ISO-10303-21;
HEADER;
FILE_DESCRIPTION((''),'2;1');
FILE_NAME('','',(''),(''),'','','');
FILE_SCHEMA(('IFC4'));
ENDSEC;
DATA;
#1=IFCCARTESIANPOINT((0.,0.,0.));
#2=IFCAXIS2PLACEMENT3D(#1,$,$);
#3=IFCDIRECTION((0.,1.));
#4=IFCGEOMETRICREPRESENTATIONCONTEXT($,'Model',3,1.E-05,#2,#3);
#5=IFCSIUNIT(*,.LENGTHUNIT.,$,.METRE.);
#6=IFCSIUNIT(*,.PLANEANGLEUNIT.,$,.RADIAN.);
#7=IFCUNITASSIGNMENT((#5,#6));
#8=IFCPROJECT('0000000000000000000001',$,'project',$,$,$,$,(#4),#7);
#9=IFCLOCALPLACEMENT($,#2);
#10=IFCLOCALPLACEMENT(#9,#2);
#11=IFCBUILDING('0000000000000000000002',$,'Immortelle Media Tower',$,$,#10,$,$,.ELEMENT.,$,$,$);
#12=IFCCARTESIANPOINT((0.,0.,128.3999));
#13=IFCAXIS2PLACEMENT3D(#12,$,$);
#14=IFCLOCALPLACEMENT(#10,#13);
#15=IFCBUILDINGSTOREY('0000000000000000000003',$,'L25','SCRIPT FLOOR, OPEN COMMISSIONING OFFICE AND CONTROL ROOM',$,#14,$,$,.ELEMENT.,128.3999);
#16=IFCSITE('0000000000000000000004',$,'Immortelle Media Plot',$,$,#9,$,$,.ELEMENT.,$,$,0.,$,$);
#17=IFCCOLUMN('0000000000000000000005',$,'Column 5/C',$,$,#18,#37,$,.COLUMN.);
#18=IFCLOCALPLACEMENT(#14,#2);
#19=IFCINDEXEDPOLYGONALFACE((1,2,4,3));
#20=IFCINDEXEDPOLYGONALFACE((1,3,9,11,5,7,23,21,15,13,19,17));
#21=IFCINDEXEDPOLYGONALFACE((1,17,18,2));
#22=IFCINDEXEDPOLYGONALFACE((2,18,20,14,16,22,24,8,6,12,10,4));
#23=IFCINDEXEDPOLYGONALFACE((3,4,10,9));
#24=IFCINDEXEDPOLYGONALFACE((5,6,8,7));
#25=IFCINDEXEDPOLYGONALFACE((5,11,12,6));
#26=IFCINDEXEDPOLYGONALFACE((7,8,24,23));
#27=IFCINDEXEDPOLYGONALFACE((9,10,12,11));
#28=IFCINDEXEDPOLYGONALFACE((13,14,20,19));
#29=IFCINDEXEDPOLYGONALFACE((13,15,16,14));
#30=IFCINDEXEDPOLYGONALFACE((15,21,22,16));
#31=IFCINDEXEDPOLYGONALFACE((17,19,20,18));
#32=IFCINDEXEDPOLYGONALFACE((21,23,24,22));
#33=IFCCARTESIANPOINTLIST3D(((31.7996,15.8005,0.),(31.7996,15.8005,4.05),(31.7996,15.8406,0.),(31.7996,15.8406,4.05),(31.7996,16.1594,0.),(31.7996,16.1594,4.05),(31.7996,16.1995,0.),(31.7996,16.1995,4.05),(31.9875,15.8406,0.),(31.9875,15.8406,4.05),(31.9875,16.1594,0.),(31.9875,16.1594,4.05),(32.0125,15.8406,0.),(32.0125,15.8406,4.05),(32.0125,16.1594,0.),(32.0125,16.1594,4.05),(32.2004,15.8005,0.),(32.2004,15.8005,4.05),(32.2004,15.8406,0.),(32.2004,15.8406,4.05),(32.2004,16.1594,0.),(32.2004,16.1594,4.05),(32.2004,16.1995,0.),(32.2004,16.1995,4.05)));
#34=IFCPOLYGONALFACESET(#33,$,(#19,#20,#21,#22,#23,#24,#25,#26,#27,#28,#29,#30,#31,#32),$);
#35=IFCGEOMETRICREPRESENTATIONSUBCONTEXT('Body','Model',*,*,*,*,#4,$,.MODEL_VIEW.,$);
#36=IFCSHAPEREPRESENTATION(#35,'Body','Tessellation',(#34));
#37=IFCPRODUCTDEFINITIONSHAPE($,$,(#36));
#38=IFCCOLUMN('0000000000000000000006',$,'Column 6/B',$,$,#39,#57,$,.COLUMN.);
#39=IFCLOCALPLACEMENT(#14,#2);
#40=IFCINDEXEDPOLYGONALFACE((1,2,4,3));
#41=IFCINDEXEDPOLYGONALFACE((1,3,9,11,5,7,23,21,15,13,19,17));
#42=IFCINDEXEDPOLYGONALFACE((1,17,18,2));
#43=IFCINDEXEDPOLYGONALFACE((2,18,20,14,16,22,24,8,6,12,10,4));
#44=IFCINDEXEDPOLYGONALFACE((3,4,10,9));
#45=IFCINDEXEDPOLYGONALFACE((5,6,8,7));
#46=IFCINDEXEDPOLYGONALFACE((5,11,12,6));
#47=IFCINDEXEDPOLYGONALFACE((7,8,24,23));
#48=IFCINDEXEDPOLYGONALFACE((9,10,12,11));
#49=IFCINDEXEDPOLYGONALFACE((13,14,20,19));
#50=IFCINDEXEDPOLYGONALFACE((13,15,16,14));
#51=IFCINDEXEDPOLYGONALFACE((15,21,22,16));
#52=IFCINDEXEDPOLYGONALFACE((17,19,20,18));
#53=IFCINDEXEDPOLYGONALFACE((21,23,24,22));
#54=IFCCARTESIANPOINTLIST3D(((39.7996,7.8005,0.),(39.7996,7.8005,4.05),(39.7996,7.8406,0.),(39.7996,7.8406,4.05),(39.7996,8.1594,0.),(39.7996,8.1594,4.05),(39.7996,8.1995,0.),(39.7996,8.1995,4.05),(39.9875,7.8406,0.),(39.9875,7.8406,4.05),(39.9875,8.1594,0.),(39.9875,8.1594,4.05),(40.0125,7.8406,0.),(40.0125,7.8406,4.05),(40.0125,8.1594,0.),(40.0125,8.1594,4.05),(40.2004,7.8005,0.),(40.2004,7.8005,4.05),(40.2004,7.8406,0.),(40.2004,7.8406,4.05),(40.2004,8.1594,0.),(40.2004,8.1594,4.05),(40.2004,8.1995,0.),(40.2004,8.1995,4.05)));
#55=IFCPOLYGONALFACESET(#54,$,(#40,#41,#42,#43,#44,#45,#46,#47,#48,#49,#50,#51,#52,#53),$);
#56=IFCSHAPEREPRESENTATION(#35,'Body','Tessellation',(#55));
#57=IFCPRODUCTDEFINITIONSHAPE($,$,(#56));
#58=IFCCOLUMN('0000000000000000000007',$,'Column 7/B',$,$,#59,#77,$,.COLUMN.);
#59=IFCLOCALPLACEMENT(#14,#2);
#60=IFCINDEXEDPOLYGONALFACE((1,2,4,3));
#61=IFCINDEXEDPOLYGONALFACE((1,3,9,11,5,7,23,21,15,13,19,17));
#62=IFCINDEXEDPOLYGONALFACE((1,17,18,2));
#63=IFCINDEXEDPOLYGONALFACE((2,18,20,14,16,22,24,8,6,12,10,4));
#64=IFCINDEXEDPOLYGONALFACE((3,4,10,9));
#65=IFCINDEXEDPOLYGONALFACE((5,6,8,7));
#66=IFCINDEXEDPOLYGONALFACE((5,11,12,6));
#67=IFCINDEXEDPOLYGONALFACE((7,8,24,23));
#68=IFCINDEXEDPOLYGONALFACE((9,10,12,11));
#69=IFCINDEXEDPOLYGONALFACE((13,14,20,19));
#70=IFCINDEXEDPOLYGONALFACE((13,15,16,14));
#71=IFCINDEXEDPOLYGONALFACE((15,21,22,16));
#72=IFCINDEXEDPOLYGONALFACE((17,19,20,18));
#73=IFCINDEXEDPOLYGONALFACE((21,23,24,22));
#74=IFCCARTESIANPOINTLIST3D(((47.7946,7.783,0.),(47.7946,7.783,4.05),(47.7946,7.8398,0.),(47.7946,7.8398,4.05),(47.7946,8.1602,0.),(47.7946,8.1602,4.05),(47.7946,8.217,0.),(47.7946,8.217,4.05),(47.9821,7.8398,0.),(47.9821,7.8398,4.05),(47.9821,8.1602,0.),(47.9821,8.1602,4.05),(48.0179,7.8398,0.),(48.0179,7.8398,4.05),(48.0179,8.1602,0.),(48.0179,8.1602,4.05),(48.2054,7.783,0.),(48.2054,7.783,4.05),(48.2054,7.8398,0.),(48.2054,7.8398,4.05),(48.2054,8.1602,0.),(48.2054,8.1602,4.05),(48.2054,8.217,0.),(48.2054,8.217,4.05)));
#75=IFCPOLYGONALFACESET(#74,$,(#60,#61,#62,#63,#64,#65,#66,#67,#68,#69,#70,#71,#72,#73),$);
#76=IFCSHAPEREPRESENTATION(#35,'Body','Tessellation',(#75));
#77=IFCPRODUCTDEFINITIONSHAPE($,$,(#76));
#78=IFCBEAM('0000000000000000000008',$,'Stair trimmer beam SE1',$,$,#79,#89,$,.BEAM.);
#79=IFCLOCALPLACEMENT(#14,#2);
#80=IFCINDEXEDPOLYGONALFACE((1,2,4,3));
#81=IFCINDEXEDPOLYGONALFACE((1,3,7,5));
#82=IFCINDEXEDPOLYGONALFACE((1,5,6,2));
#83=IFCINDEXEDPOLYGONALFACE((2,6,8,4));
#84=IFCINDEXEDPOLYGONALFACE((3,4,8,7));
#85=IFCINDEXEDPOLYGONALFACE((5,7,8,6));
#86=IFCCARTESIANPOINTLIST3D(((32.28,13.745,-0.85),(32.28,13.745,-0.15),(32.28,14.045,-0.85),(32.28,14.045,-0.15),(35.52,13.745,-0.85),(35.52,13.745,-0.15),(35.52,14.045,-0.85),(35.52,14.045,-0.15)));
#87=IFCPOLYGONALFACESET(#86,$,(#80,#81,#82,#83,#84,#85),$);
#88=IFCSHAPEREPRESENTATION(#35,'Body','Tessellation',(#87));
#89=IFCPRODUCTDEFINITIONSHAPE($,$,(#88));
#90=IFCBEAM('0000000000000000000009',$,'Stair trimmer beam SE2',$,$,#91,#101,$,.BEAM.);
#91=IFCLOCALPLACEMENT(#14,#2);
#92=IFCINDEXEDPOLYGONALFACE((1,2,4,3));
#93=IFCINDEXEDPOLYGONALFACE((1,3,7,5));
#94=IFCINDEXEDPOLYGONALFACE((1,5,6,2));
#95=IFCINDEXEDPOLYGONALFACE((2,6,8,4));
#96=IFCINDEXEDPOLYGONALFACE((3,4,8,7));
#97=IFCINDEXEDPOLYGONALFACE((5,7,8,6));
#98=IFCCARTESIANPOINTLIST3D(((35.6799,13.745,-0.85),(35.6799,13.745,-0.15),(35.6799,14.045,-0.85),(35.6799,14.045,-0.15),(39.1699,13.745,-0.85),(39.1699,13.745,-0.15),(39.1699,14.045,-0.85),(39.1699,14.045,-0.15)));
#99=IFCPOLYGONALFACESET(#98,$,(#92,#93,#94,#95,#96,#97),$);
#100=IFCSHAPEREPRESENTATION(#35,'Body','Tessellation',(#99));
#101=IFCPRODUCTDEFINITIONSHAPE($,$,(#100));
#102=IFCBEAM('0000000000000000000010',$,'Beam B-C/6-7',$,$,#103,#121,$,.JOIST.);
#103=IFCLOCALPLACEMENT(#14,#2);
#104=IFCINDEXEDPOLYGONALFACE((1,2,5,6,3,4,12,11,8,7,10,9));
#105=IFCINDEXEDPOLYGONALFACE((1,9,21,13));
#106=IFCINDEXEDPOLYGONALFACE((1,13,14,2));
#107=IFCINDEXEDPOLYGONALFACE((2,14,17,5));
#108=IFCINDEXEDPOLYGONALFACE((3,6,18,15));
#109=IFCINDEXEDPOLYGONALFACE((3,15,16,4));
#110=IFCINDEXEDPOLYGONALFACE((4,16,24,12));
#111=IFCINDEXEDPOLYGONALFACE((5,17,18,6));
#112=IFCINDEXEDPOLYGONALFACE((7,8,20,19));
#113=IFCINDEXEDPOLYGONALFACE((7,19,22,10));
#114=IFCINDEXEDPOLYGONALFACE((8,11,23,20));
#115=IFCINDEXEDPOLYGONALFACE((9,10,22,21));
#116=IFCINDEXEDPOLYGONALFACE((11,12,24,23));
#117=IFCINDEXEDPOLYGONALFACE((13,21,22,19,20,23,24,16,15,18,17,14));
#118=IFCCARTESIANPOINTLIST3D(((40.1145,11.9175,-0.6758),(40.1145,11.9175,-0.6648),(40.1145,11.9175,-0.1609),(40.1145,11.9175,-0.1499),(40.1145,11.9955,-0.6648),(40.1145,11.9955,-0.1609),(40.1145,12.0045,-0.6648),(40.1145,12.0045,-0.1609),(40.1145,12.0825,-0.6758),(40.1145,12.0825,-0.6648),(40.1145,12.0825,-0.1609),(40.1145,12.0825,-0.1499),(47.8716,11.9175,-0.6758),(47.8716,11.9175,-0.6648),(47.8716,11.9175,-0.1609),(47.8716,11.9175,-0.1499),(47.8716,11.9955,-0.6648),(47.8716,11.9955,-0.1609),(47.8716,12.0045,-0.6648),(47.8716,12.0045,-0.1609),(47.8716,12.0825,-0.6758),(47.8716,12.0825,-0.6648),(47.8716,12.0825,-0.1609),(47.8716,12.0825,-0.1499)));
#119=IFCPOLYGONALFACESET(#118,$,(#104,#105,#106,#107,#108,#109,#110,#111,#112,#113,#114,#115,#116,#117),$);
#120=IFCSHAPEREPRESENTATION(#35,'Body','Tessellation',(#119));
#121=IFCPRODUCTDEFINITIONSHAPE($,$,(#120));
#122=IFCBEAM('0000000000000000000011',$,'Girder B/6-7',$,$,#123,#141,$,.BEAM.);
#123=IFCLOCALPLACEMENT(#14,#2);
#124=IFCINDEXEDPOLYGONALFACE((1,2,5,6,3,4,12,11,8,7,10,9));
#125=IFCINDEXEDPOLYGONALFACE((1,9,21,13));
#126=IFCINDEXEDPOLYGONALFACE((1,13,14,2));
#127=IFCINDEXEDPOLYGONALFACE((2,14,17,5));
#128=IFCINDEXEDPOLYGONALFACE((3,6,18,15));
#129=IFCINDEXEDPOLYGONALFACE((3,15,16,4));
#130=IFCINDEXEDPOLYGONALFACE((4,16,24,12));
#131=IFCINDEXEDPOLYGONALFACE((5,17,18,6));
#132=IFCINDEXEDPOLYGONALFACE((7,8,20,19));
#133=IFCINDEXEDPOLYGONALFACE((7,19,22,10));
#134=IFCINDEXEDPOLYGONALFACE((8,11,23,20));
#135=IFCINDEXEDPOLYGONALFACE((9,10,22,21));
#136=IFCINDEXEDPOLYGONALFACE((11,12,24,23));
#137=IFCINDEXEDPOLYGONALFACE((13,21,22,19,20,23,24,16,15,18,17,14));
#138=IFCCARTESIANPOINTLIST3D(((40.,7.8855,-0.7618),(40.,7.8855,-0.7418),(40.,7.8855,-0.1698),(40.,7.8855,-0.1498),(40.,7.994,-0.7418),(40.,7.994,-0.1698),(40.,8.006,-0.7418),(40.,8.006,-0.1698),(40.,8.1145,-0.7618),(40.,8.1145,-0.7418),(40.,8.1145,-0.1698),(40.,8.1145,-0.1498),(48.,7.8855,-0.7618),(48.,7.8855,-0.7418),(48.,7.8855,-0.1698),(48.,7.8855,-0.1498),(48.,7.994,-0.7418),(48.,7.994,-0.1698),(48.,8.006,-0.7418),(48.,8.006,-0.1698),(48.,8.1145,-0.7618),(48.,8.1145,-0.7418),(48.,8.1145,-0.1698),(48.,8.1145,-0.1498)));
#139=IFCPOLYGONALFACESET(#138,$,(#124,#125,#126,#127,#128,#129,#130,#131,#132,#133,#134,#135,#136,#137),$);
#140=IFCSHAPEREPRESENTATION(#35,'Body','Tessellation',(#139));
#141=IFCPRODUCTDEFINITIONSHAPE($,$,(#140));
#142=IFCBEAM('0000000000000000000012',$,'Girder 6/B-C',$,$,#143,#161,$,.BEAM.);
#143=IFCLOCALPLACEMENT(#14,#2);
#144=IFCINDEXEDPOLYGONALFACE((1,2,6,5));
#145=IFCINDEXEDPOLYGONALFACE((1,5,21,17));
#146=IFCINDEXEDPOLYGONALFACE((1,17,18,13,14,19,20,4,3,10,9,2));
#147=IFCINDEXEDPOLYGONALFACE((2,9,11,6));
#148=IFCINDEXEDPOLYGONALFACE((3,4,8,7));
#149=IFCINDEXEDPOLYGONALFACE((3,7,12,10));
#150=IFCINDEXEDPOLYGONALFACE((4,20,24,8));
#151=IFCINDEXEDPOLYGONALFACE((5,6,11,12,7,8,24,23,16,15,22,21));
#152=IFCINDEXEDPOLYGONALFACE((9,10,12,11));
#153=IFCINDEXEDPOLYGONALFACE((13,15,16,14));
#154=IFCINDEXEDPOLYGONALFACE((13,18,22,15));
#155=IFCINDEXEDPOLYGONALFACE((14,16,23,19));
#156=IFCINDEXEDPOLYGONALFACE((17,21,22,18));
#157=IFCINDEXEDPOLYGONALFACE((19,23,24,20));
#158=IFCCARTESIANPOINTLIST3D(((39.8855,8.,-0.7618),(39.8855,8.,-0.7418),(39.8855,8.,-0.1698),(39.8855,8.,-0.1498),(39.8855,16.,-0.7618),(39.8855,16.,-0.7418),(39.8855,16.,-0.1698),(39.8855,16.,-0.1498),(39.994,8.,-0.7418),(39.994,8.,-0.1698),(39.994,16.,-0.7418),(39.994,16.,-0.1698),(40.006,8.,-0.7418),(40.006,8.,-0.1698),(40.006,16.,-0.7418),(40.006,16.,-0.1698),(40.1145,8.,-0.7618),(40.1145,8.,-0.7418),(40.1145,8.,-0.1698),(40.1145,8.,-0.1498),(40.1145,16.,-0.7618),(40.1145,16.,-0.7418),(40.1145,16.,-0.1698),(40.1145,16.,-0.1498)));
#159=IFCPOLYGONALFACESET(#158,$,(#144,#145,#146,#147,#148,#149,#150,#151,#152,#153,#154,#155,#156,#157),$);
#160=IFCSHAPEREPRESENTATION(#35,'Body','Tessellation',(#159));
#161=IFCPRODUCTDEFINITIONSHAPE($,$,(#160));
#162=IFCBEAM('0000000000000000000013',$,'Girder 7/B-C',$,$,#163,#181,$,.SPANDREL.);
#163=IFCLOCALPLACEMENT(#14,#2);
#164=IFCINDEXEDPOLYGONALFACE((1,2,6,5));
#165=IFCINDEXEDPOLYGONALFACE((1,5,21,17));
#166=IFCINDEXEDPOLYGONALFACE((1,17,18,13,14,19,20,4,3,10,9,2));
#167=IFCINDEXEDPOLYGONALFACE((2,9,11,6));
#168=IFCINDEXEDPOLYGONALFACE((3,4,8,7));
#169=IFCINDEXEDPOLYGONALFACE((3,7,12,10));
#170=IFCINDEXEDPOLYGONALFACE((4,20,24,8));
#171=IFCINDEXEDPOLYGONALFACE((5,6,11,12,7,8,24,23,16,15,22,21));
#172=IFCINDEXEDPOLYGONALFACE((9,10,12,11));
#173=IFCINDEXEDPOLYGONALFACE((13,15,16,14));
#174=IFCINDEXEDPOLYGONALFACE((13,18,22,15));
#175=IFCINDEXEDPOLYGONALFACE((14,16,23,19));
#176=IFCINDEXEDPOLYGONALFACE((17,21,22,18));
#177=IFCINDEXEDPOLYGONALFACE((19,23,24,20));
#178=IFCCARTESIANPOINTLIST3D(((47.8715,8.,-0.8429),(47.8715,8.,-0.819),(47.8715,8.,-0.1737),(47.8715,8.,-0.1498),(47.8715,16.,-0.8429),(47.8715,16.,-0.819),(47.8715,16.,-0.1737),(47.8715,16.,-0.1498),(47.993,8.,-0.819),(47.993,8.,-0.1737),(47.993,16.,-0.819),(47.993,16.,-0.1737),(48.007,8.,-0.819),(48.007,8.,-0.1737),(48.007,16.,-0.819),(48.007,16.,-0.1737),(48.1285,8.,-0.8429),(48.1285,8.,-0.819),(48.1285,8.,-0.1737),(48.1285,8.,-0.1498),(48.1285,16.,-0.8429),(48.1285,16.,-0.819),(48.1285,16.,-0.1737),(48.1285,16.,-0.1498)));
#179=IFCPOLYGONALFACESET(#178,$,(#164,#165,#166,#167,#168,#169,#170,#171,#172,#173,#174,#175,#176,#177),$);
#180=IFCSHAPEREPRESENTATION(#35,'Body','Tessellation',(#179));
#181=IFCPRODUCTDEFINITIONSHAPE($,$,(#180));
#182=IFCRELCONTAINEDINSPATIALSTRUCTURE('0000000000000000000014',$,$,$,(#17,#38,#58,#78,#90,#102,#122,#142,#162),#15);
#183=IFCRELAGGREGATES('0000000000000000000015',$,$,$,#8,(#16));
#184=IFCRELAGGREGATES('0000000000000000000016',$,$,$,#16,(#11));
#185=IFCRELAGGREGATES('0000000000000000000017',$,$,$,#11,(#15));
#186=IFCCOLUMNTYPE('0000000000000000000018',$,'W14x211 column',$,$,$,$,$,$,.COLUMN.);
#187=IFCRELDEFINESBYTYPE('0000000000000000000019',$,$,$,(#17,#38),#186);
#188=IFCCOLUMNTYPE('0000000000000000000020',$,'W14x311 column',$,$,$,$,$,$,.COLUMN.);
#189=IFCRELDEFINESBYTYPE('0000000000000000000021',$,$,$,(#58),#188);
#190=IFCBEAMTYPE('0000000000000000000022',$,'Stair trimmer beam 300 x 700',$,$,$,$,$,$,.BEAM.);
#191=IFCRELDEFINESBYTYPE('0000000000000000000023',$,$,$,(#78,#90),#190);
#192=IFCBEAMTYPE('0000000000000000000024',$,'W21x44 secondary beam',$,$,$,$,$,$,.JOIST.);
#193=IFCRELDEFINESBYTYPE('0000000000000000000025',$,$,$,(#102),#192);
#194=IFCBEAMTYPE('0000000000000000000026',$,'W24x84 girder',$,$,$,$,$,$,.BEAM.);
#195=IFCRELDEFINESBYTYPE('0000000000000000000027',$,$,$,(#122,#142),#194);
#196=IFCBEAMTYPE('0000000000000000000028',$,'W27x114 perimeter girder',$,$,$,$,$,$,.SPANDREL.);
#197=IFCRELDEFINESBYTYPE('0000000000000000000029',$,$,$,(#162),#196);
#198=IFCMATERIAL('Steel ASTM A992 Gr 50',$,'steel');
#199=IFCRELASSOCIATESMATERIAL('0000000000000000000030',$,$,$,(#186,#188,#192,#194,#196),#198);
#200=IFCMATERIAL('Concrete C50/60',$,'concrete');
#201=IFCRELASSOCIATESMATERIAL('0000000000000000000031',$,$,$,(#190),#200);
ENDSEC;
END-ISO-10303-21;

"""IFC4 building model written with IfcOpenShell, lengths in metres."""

from ifc_helpers import new_model, si_unit, direction, frame, origin, origin_2d, place, context, subcontext, project, spatial, rectangle, i_section, extrude, material, material_profile, profile_set, type_object, element, save


model = new_model("IFC4")

# Units and contexts
model_context = context("Model", 3, precision=1e-05, world=origin(), true_north=direction((0.0, 1.0)))
body_context = subcontext(model_context, "Body", "Model", "MODEL_VIEW")
ifc_project = project(units=[si_unit("LENGTHUNIT", "METRE"), si_unit("PLANEANGLEUNIT", "RADIAN")], contexts=[model_context])

# Site, building, storey
site_placement = place(None, origin())
site = spatial("IfcSite", under=ifc_project, at=site_placement, Name="Immortelle Media Plot", CompositionType="ELEMENT", RefElevation=0.0)
building_placement = place(site_placement, origin())
building = spatial("IfcBuilding", under=site, at=building_placement, Name="Immortelle Media Tower", CompositionType="ELEMENT")
storey_placement = place(building_placement, frame((0.0, 0.0, 128.3999)))
storey = spatial("IfcBuildingStorey", under=building, at=storey_placement, Name="L25", Description="SCRIPT FLOOR, OPEN COMMISSIONING OFFICE AND CONTROL ROOM", CompositionType="ELEMENT", Elevation=128.3999)

# Columns
ifc_material_1 = material(Name="Steel ASTM A992 Gr 50", Category="steel")
ifc_material_profile_1 = material_profile(ifc_material_1, i_section(OverallWidth=0.4009, OverallDepth=0.3989, WebThickness=0.0249, FlangeThickness=0.04, at=origin_2d()), Name="W14x211")
ifc_profile_set_1 = profile_set([ifc_material_profile_1], Name="Steel ASTM A992 Gr 50")
column_type_1 = type_object("IfcColumnType", Name="W14x211 column", PredefinedType="COLUMN", material=ifc_profile_set_1)
for number, where, z_axis, x_axis, name in (
    (1, (32.0, 16.0, 0.0), (0.0, 0.0, 1.0), (1.0, 0.0, 0.0), "Column 5/C"),
    (2, (40.0, 8.0, 0.0), (0.0, 0.0, 1.0), (1.0, 0.0, 0.0), "Column 6/B"),
):
    element("IfcColumn", number, at=place(storey_placement, frame(where, z_axis=z_axis, x_axis=x_axis)), inside=storey, type_object=column_type_1, Name=name, PredefinedType="COLUMN", context=body_context, shape_type="SweptSolid", body=[
        extrude(i_section(OverallWidth=0.4009, OverallDepth=0.3989, WebThickness=0.0249, FlangeThickness=0.04, at=origin_2d()), origin(), (0.0, 0.0, 1.0), 4.05),
    ])
ifc_material_profile_2 = material_profile(ifc_material_1, i_section(OverallWidth=0.4109, OverallDepth=0.4341, WebThickness=0.0359, FlangeThickness=0.0569, at=origin_2d()), Name="W14x311")
ifc_profile_set_2 = profile_set([ifc_material_profile_2], Name="Steel ASTM A992 Gr 50")
column_type_2 = type_object("IfcColumnType", Name="W14x311 column", PredefinedType="COLUMN", material=ifc_profile_set_2)
column_placement = place(storey_placement, frame((48.0, 8.0, 0.0), z_axis=(0.0, 0.0, 1.0), x_axis=(1.0, 0.0, 0.0)))
element("IfcColumn", 3, at=column_placement, inside=storey, type_object=column_type_2, Name="Column 7/B", PredefinedType="COLUMN", context=body_context, shape_type="SweptSolid", body=[
    extrude(i_section(OverallWidth=0.4109, OverallDepth=0.4341, WebThickness=0.0359, FlangeThickness=0.0569, at=origin_2d()), origin(), (0.0, 0.0, 1.0), 4.05),
])

# Beams
ifc_material_2 = material(Name="Concrete C50/60", Category="concrete")
ifc_material_profile_3 = material_profile(ifc_material_2, rectangle(XDim=0.3, YDim=0.7, at=origin_2d()), Name="RC 300x700")
ifc_profile_set_3 = profile_set([ifc_material_profile_3], Name="Concrete C50/60")
beam_type_1 = type_object("IfcBeamType", Name="Stair trimmer beam 300 x 700", PredefinedType="BEAM", material=ifc_profile_set_3)
beam_1_placement = place(storey_placement, frame((32.28, 13.895, -0.5), z_axis=(1.0, 0.0, 0.0), x_axis=(0.0, 1.0, 0.0)))
element("IfcBeam", 4, at=beam_1_placement, inside=storey, type_object=beam_type_1, Name="Stair trimmer beam SE1", PredefinedType="BEAM", context=body_context, shape_type="SweptSolid", body=[
    extrude(rectangle(XDim=0.3, YDim=0.7, at=origin_2d()), origin(), (0.0, 0.0, 1.0), 3.24),
])
beam_2_placement = place(storey_placement, frame((35.6799, 13.895, -0.5), z_axis=(1.0, 0.0, 0.0), x_axis=(0.0, 1.0, 0.0)))
element("IfcBeam", 5, at=beam_2_placement, inside=storey, type_object=beam_type_1, Name="Stair trimmer beam SE2", PredefinedType="BEAM", context=body_context, shape_type="SweptSolid", body=[
    extrude(rectangle(XDim=0.3, YDim=0.7, at=origin_2d()), origin(), (0.0, 0.0, 1.0), 3.49),
])
ifc_material_profile_4 = material_profile(ifc_material_1, i_section(OverallWidth=0.165, OverallDepth=0.5259, WebThickness=0.009, FlangeThickness=0.011, at=origin_2d()), Name="W21x44")
ifc_profile_set_4 = profile_set([ifc_material_profile_4], Name="Steel ASTM A992 Gr 50")
beam_type_2 = type_object("IfcBeamType", Name="W21x44 secondary beam", PredefinedType="JOIST", material=ifc_profile_set_4)
beam_3_placement = place(storey_placement, frame((40.1145, 12.0, -0.4128), z_axis=(1.0, 0.0, 0.0), x_axis=(0.0, 1.0, 0.0)))
element("IfcBeam", 6, at=beam_3_placement, inside=storey, type_object=beam_type_2, Name="Beam B-C/6-7", PredefinedType="JOIST", context=body_context, shape_type="SweptSolid", body=[
    extrude(i_section(OverallWidth=0.165, OverallDepth=0.5259, WebThickness=0.009, FlangeThickness=0.011, at=origin_2d()), origin(), (0.0, 0.0, 1.0), 7.7571),
])
ifc_material_profile_5 = material_profile(ifc_material_1, i_section(OverallWidth=0.229, OverallDepth=0.6121, WebThickness=0.012, FlangeThickness=0.02, at=origin_2d()), Name="W24x84")
ifc_profile_set_5 = profile_set([ifc_material_profile_5], Name="Steel ASTM A992 Gr 50")
beam_type_3 = type_object("IfcBeamType", Name="W24x84 girder", PredefinedType="BEAM", material=ifc_profile_set_5)
for number, where, z_axis, x_axis, name in (
    (7, (40.0, 8.0, -0.4558), (1.0, 0.0, 0.0), (0.0, 1.0, 0.0), "Girder B/6-7"),
    (8, (40.0, 8.0, -0.4558), (0.0, 1.0, 0.0), (-1.0, 0.0, 0.0), "Girder 6/B-C"),
):
    element("IfcBeam", number, at=place(storey_placement, frame(where, z_axis=z_axis, x_axis=x_axis)), inside=storey, type_object=beam_type_3, Name=name, PredefinedType="BEAM", context=body_context, shape_type="SweptSolid", body=[
        extrude(i_section(OverallWidth=0.229, OverallDepth=0.6121, WebThickness=0.012, FlangeThickness=0.02, at=origin_2d()), origin(), (0.0, 0.0, 1.0), 8.0),
    ])
ifc_material_profile_6 = material_profile(ifc_material_1, i_section(OverallWidth=0.2571, OverallDepth=0.6931, WebThickness=0.0139, FlangeThickness=0.0239, at=origin_2d()), Name="W27x114")
ifc_profile_set_6 = profile_set([ifc_material_profile_6], Name="Steel ASTM A992 Gr 50")
beam_type_4 = type_object("IfcBeamType", Name="W27x114 perimeter girder", PredefinedType="SPANDREL", material=ifc_profile_set_6)
beam_4_placement = place(storey_placement, frame((48.0, 8.0, -0.4963), z_axis=(0.0, 1.0, 0.0), x_axis=(-1.0, 0.0, 0.0)))
element("IfcBeam", 9, at=beam_4_placement, inside=storey, type_object=beam_type_4, Name="Girder 7/B-C", PredefinedType="SPANDREL", context=body_context, shape_type="SweptSolid", body=[
    extrude(i_section(OverallWidth=0.2571, OverallDepth=0.6931, WebThickness=0.0139, FlangeThickness=0.0239, at=origin_2d()), origin(), (0.0, 0.0, 1.0), 8.0),
])

save(model, "model.ifc")
